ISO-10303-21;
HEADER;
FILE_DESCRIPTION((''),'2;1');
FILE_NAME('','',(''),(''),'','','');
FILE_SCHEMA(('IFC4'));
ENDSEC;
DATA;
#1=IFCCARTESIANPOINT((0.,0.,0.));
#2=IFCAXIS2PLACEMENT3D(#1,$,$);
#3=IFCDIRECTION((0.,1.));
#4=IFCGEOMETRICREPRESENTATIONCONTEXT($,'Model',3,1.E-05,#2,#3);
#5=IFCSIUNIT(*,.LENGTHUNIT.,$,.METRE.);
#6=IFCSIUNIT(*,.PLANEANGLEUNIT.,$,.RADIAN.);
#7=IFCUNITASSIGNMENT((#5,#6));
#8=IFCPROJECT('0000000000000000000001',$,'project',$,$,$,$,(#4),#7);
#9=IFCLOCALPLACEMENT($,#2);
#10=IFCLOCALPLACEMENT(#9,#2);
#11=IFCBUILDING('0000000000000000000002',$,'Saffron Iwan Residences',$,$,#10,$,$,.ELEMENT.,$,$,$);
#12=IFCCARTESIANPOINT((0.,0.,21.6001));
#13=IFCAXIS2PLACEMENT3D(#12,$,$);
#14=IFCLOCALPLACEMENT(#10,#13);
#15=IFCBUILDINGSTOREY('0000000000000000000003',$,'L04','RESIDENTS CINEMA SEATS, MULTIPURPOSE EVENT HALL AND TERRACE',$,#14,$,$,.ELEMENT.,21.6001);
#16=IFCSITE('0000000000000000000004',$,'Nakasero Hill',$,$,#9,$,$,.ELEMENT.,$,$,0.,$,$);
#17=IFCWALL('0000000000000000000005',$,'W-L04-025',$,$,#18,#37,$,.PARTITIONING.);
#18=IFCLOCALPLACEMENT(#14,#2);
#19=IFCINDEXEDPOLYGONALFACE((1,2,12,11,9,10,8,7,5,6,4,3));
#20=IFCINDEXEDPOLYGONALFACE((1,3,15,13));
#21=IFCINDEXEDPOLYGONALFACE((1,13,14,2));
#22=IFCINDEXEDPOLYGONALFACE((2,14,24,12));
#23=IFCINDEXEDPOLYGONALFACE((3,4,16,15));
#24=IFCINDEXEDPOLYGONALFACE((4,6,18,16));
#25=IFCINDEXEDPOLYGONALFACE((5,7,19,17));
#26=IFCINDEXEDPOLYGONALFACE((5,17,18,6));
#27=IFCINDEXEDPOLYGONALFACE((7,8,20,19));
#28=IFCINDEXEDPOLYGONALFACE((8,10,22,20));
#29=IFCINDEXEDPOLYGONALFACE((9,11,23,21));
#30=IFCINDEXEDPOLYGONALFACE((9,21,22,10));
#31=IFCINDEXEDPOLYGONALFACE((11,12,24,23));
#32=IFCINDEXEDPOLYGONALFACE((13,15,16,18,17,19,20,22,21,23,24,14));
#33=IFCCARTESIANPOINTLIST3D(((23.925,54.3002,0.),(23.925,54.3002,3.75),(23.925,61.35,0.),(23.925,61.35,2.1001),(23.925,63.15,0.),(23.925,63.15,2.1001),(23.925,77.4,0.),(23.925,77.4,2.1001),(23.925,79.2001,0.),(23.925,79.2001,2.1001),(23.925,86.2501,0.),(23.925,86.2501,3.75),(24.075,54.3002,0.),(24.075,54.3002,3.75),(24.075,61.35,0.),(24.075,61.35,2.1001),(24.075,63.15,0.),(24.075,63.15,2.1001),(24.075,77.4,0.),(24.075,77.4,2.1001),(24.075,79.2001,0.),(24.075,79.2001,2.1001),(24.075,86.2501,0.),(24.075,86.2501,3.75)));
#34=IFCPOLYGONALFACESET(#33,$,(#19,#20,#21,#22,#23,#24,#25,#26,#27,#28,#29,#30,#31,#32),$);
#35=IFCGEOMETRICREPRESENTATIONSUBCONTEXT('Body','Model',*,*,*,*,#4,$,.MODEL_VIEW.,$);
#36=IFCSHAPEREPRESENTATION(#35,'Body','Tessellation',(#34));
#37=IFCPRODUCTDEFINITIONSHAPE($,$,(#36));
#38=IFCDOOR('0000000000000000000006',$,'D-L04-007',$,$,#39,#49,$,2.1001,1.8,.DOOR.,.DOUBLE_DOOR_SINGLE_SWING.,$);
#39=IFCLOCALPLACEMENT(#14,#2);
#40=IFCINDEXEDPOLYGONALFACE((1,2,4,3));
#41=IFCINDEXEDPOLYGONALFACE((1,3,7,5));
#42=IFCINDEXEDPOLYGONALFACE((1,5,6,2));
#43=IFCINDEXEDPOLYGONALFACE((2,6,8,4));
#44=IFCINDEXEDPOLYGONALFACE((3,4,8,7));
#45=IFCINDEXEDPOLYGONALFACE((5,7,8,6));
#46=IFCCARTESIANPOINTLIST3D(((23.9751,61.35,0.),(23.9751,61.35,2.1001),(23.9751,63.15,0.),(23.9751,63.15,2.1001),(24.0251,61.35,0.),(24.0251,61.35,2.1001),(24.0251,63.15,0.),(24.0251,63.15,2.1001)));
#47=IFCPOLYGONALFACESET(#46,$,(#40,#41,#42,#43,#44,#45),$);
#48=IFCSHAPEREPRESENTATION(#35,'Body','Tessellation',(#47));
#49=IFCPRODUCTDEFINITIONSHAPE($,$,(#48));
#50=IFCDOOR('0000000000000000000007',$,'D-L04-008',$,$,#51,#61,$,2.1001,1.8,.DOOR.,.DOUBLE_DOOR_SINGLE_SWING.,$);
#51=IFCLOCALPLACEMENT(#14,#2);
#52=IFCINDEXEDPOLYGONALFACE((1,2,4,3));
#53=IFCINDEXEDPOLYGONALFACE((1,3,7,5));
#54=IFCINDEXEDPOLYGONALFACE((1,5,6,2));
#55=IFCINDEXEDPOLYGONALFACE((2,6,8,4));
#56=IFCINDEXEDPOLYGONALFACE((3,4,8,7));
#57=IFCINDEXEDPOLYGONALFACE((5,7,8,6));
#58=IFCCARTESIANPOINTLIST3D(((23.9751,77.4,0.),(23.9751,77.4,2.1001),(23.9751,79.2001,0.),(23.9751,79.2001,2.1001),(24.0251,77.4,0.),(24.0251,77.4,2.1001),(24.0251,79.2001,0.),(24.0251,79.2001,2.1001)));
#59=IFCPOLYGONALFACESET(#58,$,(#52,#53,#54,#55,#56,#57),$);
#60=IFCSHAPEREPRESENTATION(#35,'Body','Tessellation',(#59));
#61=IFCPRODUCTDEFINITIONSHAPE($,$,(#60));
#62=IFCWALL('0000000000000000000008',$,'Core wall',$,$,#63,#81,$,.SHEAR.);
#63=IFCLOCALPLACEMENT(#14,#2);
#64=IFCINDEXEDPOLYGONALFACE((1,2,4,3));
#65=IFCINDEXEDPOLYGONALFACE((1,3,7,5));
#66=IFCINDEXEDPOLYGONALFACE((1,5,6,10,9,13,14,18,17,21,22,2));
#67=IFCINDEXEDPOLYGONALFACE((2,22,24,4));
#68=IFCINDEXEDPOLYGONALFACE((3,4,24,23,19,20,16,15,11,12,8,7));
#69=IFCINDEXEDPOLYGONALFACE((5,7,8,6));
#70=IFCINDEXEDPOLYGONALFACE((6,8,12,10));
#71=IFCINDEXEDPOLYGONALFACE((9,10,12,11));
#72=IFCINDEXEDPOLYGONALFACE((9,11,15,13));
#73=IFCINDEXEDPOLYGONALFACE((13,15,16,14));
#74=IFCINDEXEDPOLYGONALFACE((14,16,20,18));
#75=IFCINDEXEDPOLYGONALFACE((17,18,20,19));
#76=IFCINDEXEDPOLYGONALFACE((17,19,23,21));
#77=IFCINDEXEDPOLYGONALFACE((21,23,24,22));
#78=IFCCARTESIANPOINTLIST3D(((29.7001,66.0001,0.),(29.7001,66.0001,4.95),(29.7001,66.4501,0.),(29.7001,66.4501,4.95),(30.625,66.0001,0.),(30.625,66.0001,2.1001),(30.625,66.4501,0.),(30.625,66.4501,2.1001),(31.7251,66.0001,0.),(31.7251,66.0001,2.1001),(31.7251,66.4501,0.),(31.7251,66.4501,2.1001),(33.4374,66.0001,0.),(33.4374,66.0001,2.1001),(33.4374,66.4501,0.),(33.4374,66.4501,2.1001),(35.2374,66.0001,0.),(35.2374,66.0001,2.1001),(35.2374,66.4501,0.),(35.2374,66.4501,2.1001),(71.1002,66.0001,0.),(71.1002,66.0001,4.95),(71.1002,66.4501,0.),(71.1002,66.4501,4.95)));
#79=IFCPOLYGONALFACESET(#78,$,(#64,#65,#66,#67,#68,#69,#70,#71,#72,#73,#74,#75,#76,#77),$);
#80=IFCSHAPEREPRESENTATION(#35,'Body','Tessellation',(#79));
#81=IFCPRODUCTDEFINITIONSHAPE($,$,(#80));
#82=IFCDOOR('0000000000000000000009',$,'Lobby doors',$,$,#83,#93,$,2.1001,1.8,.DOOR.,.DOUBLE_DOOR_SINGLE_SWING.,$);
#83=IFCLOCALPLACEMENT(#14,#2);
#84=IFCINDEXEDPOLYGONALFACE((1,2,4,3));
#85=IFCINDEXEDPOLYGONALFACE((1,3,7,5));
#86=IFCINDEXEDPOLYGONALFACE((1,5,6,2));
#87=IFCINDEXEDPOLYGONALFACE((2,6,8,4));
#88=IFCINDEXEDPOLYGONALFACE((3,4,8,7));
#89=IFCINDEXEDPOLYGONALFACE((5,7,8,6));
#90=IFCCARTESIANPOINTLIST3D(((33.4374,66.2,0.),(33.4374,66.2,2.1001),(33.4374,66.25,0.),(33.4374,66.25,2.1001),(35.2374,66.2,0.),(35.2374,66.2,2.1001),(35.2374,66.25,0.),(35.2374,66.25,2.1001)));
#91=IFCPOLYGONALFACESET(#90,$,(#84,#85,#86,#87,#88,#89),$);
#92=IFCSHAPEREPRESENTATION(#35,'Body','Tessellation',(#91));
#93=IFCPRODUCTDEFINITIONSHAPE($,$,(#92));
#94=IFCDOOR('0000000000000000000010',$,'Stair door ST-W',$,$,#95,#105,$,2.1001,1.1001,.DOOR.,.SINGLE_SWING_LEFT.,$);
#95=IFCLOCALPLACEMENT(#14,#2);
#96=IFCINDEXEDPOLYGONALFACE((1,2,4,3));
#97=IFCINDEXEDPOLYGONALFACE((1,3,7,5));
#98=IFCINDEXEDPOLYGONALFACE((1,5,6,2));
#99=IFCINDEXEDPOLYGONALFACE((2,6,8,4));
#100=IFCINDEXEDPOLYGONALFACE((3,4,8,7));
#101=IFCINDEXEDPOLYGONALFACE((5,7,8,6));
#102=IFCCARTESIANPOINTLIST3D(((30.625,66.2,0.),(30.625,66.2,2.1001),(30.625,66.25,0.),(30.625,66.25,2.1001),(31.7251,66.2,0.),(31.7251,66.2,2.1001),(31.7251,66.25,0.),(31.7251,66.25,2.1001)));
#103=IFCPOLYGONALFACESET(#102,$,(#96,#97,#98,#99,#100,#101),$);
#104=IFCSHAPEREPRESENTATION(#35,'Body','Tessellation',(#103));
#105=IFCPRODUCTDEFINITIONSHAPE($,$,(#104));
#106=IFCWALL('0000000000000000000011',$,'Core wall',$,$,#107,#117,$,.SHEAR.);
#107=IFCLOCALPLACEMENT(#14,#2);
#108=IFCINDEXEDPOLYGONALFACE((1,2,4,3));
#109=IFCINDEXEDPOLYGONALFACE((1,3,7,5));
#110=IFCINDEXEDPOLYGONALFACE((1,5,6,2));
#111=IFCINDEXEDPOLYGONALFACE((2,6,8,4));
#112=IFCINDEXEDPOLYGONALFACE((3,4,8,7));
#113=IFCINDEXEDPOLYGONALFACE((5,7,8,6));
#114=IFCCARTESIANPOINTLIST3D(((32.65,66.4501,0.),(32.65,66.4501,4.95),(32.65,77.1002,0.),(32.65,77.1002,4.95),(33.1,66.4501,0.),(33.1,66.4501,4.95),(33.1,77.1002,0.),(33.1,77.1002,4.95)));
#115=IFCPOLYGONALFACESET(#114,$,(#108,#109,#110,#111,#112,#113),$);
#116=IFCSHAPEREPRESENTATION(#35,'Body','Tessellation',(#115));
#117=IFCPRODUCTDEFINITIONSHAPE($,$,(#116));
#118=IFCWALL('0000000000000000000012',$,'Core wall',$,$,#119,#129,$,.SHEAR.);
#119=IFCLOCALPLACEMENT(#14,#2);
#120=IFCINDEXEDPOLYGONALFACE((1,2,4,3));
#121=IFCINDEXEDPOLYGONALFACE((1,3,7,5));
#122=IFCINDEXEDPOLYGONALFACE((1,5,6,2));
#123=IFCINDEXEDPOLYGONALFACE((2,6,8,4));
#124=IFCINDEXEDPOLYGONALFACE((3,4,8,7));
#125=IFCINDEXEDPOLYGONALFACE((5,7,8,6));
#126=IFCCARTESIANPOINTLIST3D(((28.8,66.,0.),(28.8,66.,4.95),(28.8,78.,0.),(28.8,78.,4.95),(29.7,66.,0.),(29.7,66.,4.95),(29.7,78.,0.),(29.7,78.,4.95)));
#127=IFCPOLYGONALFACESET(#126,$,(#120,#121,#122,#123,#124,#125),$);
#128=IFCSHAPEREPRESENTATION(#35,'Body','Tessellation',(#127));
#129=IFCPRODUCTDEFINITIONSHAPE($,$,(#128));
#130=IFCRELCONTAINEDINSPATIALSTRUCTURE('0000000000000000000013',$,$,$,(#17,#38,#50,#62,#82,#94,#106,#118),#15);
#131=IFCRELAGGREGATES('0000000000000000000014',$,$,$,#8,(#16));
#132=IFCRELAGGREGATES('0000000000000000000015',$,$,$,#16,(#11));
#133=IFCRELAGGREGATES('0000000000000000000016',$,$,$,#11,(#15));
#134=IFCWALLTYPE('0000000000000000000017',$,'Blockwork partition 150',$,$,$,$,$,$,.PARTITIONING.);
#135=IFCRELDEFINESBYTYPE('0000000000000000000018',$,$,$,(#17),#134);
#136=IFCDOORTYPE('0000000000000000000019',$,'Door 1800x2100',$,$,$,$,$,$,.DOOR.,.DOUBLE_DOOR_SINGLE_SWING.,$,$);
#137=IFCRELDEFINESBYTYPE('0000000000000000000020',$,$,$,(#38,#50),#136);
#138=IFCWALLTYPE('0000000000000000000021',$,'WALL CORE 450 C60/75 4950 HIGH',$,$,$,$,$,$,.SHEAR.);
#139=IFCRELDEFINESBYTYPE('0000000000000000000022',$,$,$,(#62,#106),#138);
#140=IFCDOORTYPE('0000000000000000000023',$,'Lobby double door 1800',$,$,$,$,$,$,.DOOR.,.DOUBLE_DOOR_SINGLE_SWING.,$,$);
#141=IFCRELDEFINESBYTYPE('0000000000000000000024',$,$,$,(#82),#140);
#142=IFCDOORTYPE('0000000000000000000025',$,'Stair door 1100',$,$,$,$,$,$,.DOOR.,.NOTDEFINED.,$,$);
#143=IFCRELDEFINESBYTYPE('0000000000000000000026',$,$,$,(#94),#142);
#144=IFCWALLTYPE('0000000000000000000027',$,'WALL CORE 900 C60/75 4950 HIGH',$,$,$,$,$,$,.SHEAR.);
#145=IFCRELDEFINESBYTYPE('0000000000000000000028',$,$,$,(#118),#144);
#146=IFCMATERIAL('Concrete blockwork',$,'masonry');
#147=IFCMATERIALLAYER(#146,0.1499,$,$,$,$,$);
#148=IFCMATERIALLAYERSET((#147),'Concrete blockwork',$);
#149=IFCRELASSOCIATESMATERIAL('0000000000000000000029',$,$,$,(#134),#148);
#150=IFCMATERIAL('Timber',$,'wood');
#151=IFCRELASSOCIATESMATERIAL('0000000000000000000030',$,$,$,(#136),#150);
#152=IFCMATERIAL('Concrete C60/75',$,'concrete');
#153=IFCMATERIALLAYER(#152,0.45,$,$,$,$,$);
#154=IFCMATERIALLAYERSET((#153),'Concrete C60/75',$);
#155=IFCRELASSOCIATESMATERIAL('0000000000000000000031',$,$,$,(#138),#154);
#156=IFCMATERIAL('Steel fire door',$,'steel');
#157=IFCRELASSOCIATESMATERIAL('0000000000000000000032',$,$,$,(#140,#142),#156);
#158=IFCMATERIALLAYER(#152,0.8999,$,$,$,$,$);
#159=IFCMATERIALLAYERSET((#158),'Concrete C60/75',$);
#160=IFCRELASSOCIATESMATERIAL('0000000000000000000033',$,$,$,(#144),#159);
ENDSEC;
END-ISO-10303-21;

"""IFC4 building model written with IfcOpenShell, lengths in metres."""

from ifc_helpers import new_model, si_unit, direction, frame, frame_2d, origin, place, context, subcontext, project, spatial, rectangle, extrude, material, layer, layer_set, type_object, element, fill, save


model = new_model("IFC4")

# Units and contexts
model_context = context("Model", 3, precision=1e-05, world=origin(), true_north=direction((0.0, 1.0)))
body_context = subcontext(model_context, "Body", "Model", "MODEL_VIEW")
ifc_project = project(units=[si_unit("LENGTHUNIT", "METRE"), si_unit("PLANEANGLEUNIT", "RADIAN")], contexts=[model_context])

# Site, building, storey
site_placement = place(None, origin())
site = spatial("IfcSite", under=ifc_project, at=site_placement, Name="Nakasero Hill", CompositionType="ELEMENT", RefElevation=0.0)
building_placement = place(site_placement, origin())
building = spatial("IfcBuilding", under=site, at=building_placement, Name="Saffron Iwan Residences", CompositionType="ELEMENT")
storey_placement = place(building_placement, frame((0.0, 0.0, 21.6001)))
storey = spatial("IfcBuildingStorey", under=building, at=storey_placement, Name="L04", Description="RESIDENTS CINEMA SEATS, MULTIPURPOSE EVENT HALL AND TERRACE", CompositionType="ELEMENT", Elevation=21.6001)

# Walls, openings, doors
ifc_material_1 = material(Name="Concrete blockwork", Category="masonry")
ifc_layer_1 = layer(ifc_material_1, 0.1499)
ifc_layer_set_1 = layer_set([ifc_layer_1], Name="Concrete blockwork")
wall_type_1 = type_object("IfcWallType", Name="Blockwork partition 150", PredefinedType="PARTITIONING", material=ifc_layer_set_1)
wall_1_placement = place(storey_placement, frame((24.0, 54.3, 0.0), z_axis=(0.0, 0.0, 1.0), x_axis=(0.0, 1.0, 0.0)))
wall_1 = element("IfcWall", 1, at=wall_1_placement, inside=storey, type_object=wall_type_1, Name="W-L04-025", PredefinedType="PARTITIONING", context=body_context, shape_type="SweptSolid", body=[
    extrude(rectangle(XDim=31.95, YDim=0.1499, at=frame_2d((15.9751, 0.0))), origin(), (0.0, 0.0, 1.0), 3.75),
])
opening_1_placement = place(wall_1_placement, frame((7.05, 0.0, 0.0)))
opening_1 = element("IfcOpeningElement", 2, at=opening_1_placement, cuts=wall_1, PredefinedType="OPENING", context=body_context, shape_type="SweptSolid", body=[
    extrude(rectangle(XDim=1.8, YDim=2.1001, at=frame_2d((0.8999, 1.05))), frame((0.0, 0.085, 0.0), z_axis=(0.0, -1.0, 0.0), x_axis=(1.0, 0.0, 0.0)), (0.0, 0.0, 1.0), 0.1699),
])
opening_2_placement = place(wall_1_placement, frame((23.1001, 0.0, 0.0)))
opening_2 = element("IfcOpeningElement", 3, at=opening_2_placement, cuts=wall_1, PredefinedType="OPENING", context=body_context, shape_type="SweptSolid", body=[
    extrude(rectangle(XDim=1.8, YDim=2.1001, at=frame_2d((0.8999, 1.05))), frame((0.0, 0.085, 0.0), z_axis=(0.0, -1.0, 0.0), x_axis=(1.0, 0.0, 0.0)), (0.0, 0.0, 1.0), 0.1699),
])
ifc_material_2 = material(Name="Timber", Category="wood")
door_type_1 = type_object("IfcDoorType", Name="Door 1800x2100", OperationType="DOUBLE_DOOR_SINGLE_SWING", PredefinedType="DOOR", material=ifc_material_2)
door_1_placement = place(opening_1_placement, origin())
door_1 = element("IfcDoor", 4, at=door_1_placement, inside=storey, type_object=door_type_1, Name="D-L04-007", OperationType="DOUBLE_DOOR_SINGLE_SWING", OverallHeight=2.1001, OverallWidth=1.8, PredefinedType="DOOR", context=body_context, shape_type="SweptSolid", body=[
    extrude(rectangle(XDim=1.8, YDim=2.1001, at=frame_2d((0.8999, 1.05))), frame((0.0, 0.0249, 0.0), z_axis=(0.0, -1.0, 0.0), x_axis=(1.0, 0.0, 0.0)), (0.0, 0.0, 1.0), 0.05),
])
fill(opening_1, door_1)
door_2_placement = place(opening_2_placement, origin())
door_2 = element("IfcDoor", 5, at=door_2_placement, inside=storey, type_object=door_type_1, Name="D-L04-008", OperationType="DOUBLE_DOOR_SINGLE_SWING", OverallHeight=2.1001, OverallWidth=1.8, PredefinedType="DOOR", context=body_context, shape_type="SweptSolid", body=[
    extrude(rectangle(XDim=1.8, YDim=2.1001, at=frame_2d((0.8999, 1.05))), frame((0.0, 0.0249, 0.0), z_axis=(0.0, -1.0, 0.0), x_axis=(1.0, 0.0, 0.0)), (0.0, 0.0, 1.0), 0.05),
])
fill(opening_2, door_2)
ifc_material_3 = material(Name="Concrete C60/75", Category="concrete")
ifc_layer_2 = layer(ifc_material_3, 0.45)
ifc_layer_set_2 = layer_set([ifc_layer_2], Name="Concrete C60/75")
wall_type_2 = type_object("IfcWallType", Name="WALL CORE 450 C60/75 4950 HIGH", PredefinedType="SHEAR", material=ifc_layer_set_2)
wall_2_placement = place(storey_placement, frame((29.7, 66.2251, 0.0), z_axis=(0.0, 0.0, 1.0), x_axis=(1.0, 0.0, 0.0)))
wall_2 = element("IfcWall", 6, at=wall_2_placement, inside=storey, type_object=wall_type_2, Name="Core wall", PredefinedType="SHEAR", context=body_context, shape_type="SweptSolid", body=[
    extrude(rectangle(XDim=41.4001, YDim=0.45, at=frame_2d((20.7002, 0.0))), origin(), (0.0, 0.0, 1.0), 4.95),
])
opening_3_placement = place(wall_2_placement, frame((0.925, 0.0, 0.0)))
opening_3 = element("IfcOpeningElement", 7, at=opening_3_placement, cuts=wall_2, PredefinedType="OPENING", context=body_context, shape_type="SweptSolid", body=[
    extrude(rectangle(XDim=1.1001, YDim=2.1001, at=frame_2d((0.55, 1.05))), frame((0.0, 0.2349, 0.0), z_axis=(0.0, -1.0, 0.0), x_axis=(1.0, 0.0, 0.0)), (0.0, 0.0, 1.0), 0.47),
])
opening_4_placement = place(wall_2_placement, frame((3.7375, 0.0, 0.0)))
opening_4 = element("IfcOpeningElement", 8, at=opening_4_placement, cuts=wall_2, PredefinedType="OPENING", context=body_context, shape_type="SweptSolid", body=[
    extrude(rectangle(XDim=1.8, YDim=2.1001, at=frame_2d((0.8999, 1.05))), frame((0.0, 0.2349, 0.0), z_axis=(0.0, -1.0, 0.0), x_axis=(1.0, 0.0, 0.0)), (0.0, 0.0, 1.0), 0.47),
])
ifc_material_4 = material(Name="Steel fire door", Category="steel")
door_type_2 = type_object("IfcDoorType", Name="Lobby double door 1800", OperationType="DOUBLE_DOOR_SINGLE_SWING", PredefinedType="DOOR", material=ifc_material_4)
door_3_placement = place(opening_4_placement, origin())
door_3 = element("IfcDoor", 9, at=door_3_placement, inside=storey, type_object=door_type_2, Name="Lobby doors", OperationType="DOUBLE_DOOR_SINGLE_SWING", OverallHeight=2.1001, OverallWidth=1.8, PredefinedType="DOOR", context=body_context, shape_type="SweptSolid", body=[
    extrude(rectangle(XDim=1.8, YDim=2.1001, at=frame_2d((0.8999, 1.05))), frame((0.0, 0.0249, 0.0), z_axis=(0.0, -1.0, 0.0), x_axis=(1.0, 0.0, 0.0)), (0.0, 0.0, 1.0), 0.05),
])
fill(opening_4, door_3)
door_type_3 = type_object("IfcDoorType", Name="Stair door 1100", OperationType="NOTDEFINED", PredefinedType="DOOR", material=ifc_material_4)
door_4_placement = place(opening_3_placement, origin())
door_4 = element("IfcDoor", 10, at=door_4_placement, inside=storey, type_object=door_type_3, Name="Stair door ST-W", OperationType="SINGLE_SWING_LEFT", OverallHeight=2.1001, OverallWidth=1.1001, PredefinedType="DOOR", context=body_context, shape_type="SweptSolid", body=[
    extrude(rectangle(XDim=1.1001, YDim=2.1001, at=frame_2d((0.55, 1.05))), frame((0.0, 0.0249, 0.0), z_axis=(0.0, -1.0, 0.0), x_axis=(1.0, 0.0, 0.0)), (0.0, 0.0, 1.0), 0.05),
])
fill(opening_3, door_4)

# Walls
wall_3_placement = place(storey_placement, frame((32.875, 66.45, 0.0), z_axis=(0.0, 0.0, 1.0), x_axis=(0.0, 1.0, 0.0)))
element("IfcWall", 11, at=wall_3_placement, inside=storey, type_object=wall_type_2, Name="Core wall", PredefinedType="SHEAR", context=body_context, shape_type="SweptSolid", body=[
    extrude(rectangle(XDim=10.6501, YDim=0.45, at=frame_2d((5.3252, 0.0))), origin(), (0.0, 0.0, 1.0), 4.95),
])
ifc_layer_3 = layer(ifc_material_3, 0.8999)
ifc_layer_set_3 = layer_set([ifc_layer_3], Name="Concrete C60/75")
wall_type_3 = type_object("IfcWallType", Name="WALL CORE 900 C60/75 4950 HIGH", PredefinedType="SHEAR", material=ifc_layer_set_3)
wall_4_placement = place(storey_placement, frame((29.25, 66.0, 0.0), z_axis=(0.0, 0.0, 1.0), x_axis=(0.0, 1.0, 0.0)))
element("IfcWall", 12, at=wall_4_placement, inside=storey, type_object=wall_type_3, Name="Core wall", PredefinedType="SHEAR", context=body_context, shape_type="SweptSolid", body=[
    extrude(rectangle(XDim=12.0, YDim=0.8999, at=frame_2d((6.0, 0.0))), origin(), (0.0, 0.0, 1.0), 4.95),
])

save(model, "model.ifc")
